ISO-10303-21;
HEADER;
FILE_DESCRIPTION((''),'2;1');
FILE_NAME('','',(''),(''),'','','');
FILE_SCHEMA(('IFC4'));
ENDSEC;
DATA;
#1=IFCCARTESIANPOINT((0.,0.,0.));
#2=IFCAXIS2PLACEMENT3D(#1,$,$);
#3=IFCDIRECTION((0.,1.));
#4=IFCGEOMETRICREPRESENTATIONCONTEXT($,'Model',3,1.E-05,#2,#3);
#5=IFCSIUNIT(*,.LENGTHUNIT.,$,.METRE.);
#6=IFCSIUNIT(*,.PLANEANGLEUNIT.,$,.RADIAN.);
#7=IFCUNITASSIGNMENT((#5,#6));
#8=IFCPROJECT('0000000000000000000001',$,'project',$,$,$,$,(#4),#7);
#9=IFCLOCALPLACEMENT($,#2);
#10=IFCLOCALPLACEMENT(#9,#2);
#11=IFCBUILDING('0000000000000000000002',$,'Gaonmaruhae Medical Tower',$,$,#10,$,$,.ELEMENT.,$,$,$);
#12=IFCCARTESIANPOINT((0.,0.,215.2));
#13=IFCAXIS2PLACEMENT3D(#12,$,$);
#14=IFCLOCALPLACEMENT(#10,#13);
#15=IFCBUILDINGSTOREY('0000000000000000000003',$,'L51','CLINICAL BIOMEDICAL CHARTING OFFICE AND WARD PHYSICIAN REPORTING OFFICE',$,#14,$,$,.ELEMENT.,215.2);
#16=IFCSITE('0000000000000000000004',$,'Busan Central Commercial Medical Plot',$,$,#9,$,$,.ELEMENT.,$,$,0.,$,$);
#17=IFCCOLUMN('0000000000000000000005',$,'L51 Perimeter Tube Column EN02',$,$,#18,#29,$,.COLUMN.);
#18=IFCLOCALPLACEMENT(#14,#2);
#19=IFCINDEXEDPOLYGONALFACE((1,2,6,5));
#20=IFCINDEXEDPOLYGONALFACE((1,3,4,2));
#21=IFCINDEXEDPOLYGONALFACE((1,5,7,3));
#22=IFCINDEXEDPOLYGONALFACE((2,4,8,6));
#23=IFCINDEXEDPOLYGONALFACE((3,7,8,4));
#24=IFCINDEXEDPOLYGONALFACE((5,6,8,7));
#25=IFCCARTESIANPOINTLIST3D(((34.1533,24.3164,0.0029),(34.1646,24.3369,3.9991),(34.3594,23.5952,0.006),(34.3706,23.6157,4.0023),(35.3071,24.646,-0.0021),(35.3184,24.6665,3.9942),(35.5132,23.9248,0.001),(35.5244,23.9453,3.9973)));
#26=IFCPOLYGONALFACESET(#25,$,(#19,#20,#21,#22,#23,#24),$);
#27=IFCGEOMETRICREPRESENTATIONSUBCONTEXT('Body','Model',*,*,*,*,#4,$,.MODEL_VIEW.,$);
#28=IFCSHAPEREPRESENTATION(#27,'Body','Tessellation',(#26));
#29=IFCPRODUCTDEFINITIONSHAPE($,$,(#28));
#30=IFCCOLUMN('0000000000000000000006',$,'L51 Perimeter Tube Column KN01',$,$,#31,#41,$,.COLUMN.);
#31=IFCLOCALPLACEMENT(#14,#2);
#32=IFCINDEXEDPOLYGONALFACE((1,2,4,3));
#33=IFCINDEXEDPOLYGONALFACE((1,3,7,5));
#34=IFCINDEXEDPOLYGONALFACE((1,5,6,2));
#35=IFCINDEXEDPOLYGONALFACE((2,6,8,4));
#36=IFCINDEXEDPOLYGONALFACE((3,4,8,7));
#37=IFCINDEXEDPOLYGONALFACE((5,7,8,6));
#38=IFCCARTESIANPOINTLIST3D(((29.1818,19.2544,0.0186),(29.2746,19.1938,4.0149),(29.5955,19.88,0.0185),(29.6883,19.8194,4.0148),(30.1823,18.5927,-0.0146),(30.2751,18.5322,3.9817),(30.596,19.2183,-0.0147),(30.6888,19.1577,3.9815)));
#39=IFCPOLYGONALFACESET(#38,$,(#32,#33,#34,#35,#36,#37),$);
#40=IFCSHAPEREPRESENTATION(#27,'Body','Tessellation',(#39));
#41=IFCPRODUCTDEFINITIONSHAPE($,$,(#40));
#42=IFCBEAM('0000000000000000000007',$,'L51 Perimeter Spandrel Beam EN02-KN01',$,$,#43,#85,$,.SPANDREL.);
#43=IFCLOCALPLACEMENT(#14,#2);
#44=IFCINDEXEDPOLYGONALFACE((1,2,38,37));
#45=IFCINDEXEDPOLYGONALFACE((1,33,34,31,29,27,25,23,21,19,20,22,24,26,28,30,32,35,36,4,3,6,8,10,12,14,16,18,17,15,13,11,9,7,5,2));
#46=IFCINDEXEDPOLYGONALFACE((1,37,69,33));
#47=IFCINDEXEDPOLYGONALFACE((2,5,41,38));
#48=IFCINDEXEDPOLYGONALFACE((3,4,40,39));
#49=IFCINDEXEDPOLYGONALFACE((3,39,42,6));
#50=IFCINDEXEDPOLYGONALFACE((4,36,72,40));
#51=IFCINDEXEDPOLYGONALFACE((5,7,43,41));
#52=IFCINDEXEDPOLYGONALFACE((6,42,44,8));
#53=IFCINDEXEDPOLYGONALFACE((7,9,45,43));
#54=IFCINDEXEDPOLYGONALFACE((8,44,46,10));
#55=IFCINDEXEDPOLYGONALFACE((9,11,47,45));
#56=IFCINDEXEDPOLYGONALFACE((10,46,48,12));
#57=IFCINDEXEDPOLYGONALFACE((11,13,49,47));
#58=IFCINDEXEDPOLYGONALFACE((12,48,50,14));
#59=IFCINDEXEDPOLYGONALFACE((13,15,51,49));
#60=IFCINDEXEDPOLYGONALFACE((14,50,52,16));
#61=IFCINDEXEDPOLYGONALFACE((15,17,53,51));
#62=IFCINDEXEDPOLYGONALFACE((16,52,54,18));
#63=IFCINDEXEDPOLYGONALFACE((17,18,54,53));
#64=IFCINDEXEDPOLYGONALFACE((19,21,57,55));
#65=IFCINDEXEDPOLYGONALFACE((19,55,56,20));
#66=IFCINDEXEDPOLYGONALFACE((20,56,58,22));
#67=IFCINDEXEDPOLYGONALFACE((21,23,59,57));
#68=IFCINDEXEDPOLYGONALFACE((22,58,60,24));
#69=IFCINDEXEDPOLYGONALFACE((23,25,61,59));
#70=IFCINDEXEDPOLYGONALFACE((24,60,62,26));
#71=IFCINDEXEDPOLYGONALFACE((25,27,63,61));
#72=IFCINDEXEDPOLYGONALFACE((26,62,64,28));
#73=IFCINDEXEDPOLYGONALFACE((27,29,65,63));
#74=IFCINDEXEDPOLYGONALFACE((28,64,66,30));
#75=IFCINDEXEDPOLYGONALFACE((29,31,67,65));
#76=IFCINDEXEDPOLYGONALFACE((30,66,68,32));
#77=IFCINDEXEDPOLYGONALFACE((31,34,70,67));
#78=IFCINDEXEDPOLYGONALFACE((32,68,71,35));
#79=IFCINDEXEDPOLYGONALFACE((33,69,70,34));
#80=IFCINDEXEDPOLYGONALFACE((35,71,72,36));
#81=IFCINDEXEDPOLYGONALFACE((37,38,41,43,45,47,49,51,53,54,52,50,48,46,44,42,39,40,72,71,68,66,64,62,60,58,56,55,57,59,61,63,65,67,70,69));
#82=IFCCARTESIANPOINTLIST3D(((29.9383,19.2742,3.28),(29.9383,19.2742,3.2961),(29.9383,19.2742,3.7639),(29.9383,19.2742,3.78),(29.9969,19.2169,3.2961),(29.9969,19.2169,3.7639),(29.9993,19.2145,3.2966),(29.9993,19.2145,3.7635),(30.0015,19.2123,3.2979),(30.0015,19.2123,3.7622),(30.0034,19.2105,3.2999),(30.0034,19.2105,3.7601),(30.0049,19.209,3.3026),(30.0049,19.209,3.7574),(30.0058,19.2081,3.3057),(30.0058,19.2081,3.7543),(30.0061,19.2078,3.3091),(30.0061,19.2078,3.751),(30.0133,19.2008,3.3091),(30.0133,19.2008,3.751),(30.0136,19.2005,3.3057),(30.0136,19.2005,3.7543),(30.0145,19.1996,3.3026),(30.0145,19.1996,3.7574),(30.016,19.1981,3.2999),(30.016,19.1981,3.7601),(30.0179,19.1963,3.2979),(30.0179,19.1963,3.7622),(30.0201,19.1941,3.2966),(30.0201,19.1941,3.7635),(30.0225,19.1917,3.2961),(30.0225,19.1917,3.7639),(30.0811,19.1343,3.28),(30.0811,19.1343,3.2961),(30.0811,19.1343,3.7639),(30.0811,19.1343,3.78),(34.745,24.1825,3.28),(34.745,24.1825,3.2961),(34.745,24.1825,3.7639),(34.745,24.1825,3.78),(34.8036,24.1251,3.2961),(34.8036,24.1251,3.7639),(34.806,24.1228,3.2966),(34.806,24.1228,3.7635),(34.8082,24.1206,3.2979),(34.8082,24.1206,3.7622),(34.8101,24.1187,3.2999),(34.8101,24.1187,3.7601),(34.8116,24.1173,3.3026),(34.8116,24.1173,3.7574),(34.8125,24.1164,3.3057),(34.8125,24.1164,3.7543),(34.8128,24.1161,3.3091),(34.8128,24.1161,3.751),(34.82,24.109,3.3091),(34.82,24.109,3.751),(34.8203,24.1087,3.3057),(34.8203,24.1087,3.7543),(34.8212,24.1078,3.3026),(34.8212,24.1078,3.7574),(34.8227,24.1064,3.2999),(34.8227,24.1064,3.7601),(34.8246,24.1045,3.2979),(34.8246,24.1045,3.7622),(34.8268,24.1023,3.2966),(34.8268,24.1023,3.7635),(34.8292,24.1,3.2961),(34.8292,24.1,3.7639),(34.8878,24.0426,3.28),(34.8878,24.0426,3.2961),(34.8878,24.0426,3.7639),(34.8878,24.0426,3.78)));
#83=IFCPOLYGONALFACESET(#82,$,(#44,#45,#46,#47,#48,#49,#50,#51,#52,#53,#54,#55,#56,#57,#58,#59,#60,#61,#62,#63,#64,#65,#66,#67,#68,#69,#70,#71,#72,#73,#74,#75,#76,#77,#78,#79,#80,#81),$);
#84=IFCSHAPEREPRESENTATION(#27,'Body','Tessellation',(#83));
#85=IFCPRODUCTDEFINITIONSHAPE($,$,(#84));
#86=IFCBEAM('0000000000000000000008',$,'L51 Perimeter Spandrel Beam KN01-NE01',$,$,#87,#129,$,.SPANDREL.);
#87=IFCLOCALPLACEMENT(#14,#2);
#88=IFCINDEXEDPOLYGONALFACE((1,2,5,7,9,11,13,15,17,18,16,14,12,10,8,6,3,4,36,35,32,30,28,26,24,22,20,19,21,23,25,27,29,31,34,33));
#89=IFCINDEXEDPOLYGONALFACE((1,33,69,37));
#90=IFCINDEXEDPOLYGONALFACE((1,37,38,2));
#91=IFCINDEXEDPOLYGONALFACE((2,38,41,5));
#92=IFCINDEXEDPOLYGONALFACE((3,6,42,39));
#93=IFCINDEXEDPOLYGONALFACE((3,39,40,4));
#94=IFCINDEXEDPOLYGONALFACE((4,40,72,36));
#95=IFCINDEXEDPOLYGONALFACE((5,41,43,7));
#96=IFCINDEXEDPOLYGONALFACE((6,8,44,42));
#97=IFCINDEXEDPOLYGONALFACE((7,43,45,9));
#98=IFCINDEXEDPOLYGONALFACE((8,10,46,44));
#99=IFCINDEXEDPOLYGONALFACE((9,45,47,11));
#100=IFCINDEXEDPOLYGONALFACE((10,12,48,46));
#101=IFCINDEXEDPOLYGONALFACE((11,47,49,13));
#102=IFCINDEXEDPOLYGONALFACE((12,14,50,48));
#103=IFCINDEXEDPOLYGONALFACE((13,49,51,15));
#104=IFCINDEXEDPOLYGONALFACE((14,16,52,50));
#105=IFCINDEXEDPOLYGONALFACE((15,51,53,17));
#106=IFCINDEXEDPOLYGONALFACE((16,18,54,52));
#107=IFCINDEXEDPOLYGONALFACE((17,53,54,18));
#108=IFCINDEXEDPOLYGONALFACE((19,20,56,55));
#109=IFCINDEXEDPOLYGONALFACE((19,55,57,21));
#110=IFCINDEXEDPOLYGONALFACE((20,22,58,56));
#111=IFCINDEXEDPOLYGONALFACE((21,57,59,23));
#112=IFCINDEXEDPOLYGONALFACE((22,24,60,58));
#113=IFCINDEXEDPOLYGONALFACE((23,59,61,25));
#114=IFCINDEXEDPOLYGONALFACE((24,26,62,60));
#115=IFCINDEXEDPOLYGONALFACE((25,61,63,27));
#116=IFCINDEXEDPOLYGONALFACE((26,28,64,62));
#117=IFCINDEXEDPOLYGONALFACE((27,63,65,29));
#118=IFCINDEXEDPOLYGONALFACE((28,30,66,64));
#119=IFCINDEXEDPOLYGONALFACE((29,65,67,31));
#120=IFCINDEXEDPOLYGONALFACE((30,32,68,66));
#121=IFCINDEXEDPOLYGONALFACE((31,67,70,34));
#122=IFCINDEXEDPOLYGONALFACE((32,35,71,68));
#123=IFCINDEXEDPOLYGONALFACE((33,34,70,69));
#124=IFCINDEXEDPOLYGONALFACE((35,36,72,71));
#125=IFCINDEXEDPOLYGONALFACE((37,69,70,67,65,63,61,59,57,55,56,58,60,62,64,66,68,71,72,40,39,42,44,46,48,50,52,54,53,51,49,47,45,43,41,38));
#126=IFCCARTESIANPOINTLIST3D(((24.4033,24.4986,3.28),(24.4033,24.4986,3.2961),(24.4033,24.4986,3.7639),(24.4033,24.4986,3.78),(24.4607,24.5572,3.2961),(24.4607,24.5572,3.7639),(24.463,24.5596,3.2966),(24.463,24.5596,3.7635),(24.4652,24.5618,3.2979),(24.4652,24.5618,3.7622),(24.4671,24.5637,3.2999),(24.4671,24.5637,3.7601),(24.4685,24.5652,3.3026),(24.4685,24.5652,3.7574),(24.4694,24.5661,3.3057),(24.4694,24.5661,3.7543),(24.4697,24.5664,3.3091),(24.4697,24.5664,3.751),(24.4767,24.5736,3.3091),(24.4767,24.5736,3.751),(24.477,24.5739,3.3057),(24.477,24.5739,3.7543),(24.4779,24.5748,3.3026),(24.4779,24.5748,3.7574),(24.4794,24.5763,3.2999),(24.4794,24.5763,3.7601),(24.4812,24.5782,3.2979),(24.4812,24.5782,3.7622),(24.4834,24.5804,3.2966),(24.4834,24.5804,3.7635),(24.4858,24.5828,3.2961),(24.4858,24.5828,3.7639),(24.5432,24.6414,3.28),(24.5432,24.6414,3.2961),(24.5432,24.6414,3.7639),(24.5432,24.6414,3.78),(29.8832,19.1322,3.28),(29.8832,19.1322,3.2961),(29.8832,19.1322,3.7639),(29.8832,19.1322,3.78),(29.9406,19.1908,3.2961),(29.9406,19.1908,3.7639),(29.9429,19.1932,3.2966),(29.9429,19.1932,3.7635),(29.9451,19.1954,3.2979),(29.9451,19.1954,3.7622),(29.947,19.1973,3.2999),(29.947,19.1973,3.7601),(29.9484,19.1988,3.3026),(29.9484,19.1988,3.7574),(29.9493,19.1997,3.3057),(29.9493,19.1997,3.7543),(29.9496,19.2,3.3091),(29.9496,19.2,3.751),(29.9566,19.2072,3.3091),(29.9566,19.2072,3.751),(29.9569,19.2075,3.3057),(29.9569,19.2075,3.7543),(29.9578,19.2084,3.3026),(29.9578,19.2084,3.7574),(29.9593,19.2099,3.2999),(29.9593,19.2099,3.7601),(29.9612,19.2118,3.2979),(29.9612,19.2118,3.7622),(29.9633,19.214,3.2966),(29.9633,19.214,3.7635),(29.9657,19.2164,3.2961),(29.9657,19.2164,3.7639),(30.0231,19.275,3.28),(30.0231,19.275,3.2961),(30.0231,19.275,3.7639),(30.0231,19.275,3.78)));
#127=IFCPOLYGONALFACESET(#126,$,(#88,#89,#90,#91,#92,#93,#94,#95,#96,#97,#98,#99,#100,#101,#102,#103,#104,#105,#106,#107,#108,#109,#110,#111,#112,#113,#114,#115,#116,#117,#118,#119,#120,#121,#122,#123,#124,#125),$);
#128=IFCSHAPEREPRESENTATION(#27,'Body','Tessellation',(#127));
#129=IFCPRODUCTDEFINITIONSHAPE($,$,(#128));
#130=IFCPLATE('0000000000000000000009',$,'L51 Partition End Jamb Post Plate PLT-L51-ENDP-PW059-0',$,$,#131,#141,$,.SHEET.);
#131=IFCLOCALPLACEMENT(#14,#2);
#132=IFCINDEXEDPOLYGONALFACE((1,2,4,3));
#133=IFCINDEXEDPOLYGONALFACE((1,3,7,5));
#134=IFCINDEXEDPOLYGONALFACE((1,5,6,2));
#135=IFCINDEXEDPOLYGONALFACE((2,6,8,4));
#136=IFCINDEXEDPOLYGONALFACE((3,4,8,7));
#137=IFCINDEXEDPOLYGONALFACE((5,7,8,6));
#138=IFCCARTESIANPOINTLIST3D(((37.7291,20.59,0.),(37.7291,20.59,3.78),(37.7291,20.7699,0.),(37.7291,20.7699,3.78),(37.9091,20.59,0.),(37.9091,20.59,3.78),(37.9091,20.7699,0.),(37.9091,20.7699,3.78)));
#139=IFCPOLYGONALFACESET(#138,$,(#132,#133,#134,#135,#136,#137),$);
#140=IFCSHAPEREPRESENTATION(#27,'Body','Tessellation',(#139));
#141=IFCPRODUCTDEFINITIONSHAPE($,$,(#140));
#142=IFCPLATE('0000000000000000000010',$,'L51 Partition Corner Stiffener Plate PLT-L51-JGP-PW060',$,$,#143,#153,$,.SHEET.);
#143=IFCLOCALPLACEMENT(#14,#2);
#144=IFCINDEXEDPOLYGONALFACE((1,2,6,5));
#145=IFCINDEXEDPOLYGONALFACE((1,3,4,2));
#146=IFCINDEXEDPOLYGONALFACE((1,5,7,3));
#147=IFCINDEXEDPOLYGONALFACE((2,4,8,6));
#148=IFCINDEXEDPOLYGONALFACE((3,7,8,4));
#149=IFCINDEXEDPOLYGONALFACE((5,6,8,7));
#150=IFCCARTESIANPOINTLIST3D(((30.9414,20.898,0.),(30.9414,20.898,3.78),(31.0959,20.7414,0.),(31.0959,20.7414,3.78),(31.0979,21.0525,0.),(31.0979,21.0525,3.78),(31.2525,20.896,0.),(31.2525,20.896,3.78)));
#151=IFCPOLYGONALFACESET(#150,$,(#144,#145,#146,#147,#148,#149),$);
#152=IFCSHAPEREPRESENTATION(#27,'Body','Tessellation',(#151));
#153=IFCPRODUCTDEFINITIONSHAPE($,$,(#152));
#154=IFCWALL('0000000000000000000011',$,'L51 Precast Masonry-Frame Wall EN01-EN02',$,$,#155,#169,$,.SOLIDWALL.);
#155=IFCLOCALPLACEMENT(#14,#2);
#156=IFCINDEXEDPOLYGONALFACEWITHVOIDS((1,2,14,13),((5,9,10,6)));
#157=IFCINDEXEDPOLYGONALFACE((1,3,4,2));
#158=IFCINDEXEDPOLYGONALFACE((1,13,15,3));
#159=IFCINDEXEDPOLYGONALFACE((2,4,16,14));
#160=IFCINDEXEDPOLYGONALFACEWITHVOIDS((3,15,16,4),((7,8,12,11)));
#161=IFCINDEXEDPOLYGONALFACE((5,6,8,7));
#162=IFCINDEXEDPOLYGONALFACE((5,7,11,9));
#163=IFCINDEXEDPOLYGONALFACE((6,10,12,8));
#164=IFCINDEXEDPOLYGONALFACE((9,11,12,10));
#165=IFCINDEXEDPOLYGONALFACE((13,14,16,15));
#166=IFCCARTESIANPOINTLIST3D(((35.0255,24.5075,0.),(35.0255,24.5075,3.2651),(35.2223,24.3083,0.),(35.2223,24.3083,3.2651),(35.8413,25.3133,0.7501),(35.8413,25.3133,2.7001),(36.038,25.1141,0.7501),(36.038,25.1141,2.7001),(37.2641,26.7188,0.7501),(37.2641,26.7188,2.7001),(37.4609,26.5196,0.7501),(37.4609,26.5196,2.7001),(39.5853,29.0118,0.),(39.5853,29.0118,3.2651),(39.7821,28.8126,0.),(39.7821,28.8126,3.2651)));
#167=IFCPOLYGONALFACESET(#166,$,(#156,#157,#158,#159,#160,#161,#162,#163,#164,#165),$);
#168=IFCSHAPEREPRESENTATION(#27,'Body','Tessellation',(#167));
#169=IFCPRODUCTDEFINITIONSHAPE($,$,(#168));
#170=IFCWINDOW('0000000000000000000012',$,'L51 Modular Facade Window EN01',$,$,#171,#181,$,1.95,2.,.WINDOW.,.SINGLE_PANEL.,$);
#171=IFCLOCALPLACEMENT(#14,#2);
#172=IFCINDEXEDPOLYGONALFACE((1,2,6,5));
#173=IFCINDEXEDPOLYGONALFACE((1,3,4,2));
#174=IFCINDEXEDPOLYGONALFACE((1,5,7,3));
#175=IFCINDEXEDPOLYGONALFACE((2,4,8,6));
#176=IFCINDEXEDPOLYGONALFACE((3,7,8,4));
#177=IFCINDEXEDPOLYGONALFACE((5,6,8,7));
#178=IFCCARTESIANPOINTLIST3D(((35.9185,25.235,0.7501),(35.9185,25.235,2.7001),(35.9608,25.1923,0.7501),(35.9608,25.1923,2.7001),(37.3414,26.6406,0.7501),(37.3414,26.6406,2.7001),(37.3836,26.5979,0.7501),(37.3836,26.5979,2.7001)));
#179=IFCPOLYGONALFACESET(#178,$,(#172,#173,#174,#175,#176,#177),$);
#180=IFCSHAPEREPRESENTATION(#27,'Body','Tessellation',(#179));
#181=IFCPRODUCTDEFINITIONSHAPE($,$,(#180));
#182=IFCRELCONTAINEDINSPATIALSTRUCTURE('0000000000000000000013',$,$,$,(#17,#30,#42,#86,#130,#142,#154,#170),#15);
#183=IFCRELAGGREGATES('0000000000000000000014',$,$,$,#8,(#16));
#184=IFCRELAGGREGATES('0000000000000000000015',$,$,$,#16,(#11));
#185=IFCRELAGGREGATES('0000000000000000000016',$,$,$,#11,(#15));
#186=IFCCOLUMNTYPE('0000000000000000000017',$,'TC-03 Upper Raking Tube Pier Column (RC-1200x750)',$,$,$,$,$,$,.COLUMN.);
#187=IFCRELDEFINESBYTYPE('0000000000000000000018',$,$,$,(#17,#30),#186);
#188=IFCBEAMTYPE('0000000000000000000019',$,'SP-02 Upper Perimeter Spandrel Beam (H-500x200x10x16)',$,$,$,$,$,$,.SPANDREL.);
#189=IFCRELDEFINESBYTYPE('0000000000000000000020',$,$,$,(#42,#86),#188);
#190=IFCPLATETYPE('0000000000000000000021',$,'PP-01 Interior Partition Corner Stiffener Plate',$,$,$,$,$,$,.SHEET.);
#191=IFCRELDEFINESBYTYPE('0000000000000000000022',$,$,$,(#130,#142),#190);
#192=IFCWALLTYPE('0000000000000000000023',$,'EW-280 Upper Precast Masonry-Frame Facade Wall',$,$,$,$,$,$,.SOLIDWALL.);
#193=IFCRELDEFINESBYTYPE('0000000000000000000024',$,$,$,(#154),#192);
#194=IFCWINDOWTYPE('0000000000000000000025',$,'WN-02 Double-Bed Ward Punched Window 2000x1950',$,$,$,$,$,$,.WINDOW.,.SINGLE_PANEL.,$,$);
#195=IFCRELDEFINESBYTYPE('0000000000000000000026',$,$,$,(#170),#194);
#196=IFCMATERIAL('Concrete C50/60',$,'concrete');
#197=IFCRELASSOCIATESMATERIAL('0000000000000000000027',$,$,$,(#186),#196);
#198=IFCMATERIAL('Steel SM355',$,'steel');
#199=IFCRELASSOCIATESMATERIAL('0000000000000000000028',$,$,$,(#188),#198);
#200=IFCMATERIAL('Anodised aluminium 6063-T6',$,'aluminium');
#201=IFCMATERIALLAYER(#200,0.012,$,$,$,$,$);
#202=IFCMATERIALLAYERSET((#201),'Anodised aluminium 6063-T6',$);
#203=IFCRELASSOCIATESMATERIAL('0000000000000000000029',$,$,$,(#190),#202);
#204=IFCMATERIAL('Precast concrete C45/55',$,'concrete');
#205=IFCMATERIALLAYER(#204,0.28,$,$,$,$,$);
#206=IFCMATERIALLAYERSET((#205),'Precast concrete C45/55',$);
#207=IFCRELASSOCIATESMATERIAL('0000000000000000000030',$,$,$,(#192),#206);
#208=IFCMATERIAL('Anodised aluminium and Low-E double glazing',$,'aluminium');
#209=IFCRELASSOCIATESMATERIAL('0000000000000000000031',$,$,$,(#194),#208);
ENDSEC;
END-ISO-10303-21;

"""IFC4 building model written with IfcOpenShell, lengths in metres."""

from ifc_helpers import new_model, si_unit, direction, frame, frame_2d, origin, origin_2d, place, context, subcontext, project, spatial, rectangle, i_section, extrude, material, layer, layer_set, material_profile, profile_set, type_object, element, fill, save


model = new_model("IFC4")

# Units and contexts
model_context = context("Model", 3, precision=1e-05, world=origin(), true_north=direction((0.0, 1.0)))
body_context = subcontext(model_context, "Body", "Model", "MODEL_VIEW")
ifc_project = project(units=[si_unit("LENGTHUNIT", "METRE"), si_unit("PLANEANGLEUNIT", "RADIAN")], contexts=[model_context])

# Site, building, storey
site_placement = place(None, origin())
site = spatial("IfcSite", under=ifc_project, at=site_placement, Name="Busan Central Commercial Medical Plot", CompositionType="ELEMENT", RefElevation=0.0)
building_placement = place(site_placement, origin())
building = spatial("IfcBuilding", under=site, at=building_placement, Name="Gaonmaruhae Medical Tower", CompositionType="ELEMENT")
storey_placement = place(building_placement, frame((0.0, 0.0, 215.2)))
storey = spatial("IfcBuildingStorey", under=building, at=storey_placement, Name="L51", Description="CLINICAL BIOMEDICAL CHARTING OFFICE AND WARD PHYSICIAN REPORTING OFFICE", CompositionType="ELEMENT", Elevation=215.2)

# Columns
ifc_material_1 = material(Name="Concrete C50/60", Category="concrete")
ifc_material_profile_1 = material_profile(ifc_material_1, rectangle(XDim=1.2, YDim=0.75, at=origin_2d()), Name="RC-1200x750")
ifc_profile_set_1 = profile_set([ifc_material_profile_1], Name="Concrete C50/60")
column_type = type_object("IfcColumnType", Name="TC-03 Upper Raking Tube Pier Column (RC-1200x750)", PredefinedType="COLUMN", material=ifc_profile_set_1)
column_1_placement = place(storey_placement, frame((34.8333, 24.1206, 0.002), z_axis=(0.00281, 0.005132, 0.999983), x_axis=(-0.961525, -0.274688, 0.004112)))
element("IfcColumn", 1, at=column_1_placement, inside=storey, type_object=column_type, Name="L51 Perimeter Tube Column EN02", PredefinedType="COLUMN", context=body_context, shape_type="SweptSolid", body=[
    extrude(rectangle(XDim=1.2, YDim=0.75, at=origin_2d()), origin(), (0.0, 0.0, 1.0), 3.9963),
])
column_2_placement = place(storey_placement, frame((29.8889, 19.2363, 0.002), z_axis=(0.023206, -0.015145, 0.999616), x_axis=(-0.833759, 0.551432, 0.02771)))
element("IfcColumn", 2, at=column_2_placement, inside=storey, type_object=column_type, Name="L51 Perimeter Tube Column KN01", PredefinedType="COLUMN", context=body_context, shape_type="SweptSolid", body=[
    extrude(rectangle(XDim=1.2, YDim=0.75, at=origin_2d()), origin(), (0.0, 0.0, 1.0), 3.9978),
])

# Beams
ifc_material_2 = material(Name="Steel SM355", Category="steel")
ifc_material_profile_2 = material_profile(ifc_material_2, i_section(OverallWidth=0.2, OverallDepth=0.5, WebThickness=0.01, FlangeThickness=0.0161, FilletRadius=0.0129, at=origin_2d()), Name="H-500x200x10x16")
ifc_profile_set_2 = profile_set([ifc_material_profile_2], Name="Steel SM355")
beam_type = type_object("IfcBeamType", Name="SP-02 Upper Perimeter Spandrel Beam (H-500x200x10x16)", PredefinedType="SPANDREL", material=ifc_profile_set_2)
beam_1_placement = place(storey_placement, frame((34.8164, 24.1125, 3.53), z_axis=(-0.699676, -0.71446, 0.0), x_axis=(0.71446, -0.699676, 0.0)))
element("IfcBeam", 3, at=beam_1_placement, inside=storey, type_object=beam_type, Name="L51 Perimeter Spandrel Beam EN02-KN01", PredefinedType="SPANDREL", context=body_context, shape_type="SweptSolid", body=[
    extrude(i_section(OverallWidth=0.2, OverallDepth=0.5, WebThickness=0.01, FlangeThickness=0.0161, FilletRadius=0.0129, at=origin_2d()), origin(), (0.0, 0.0, 1.0), 6.8699),
])
beam_2_placement = place(storey_placement, frame((29.9531, 19.2036, 3.53), z_axis=(-0.714469, 0.699667, 0.0), x_axis=(-0.699667, -0.714469, 0.0)))
element("IfcBeam", 4, at=beam_2_placement, inside=storey, type_object=beam_type, Name="L51 Perimeter Spandrel Beam KN01-NE01", PredefinedType="SPANDREL", context=body_context, shape_type="SweptSolid", body=[
    extrude(i_section(OverallWidth=0.2, OverallDepth=0.5, WebThickness=0.01, FlangeThickness=0.0161, FilletRadius=0.0129, at=origin_2d()), origin(), (0.0, 0.0, 1.0), 7.6699),
])

# Plates
ifc_material_3 = material(Name="Anodised aluminium 6063-T6", Category="aluminium")
ifc_layer_1 = layer(ifc_material_3, 0.012)
ifc_layer_set_1 = layer_set([ifc_layer_1], Name="Anodised aluminium 6063-T6")
plate_type = type_object("IfcPlateType", Name="PP-01 Interior Partition Corner Stiffener Plate", PredefinedType="SHEET", material=ifc_layer_set_1)
plate_1_placement = place(storey_placement, frame((37.8191, 20.6799, 0.0), z_axis=(0.0, 0.0, 1.0), x_axis=(-1.0, 0.0, 0.0)))
element("IfcPlate", 5, at=plate_1_placement, inside=storey, type_object=plate_type, Name="L51 Partition End Jamb Post Plate PLT-L51-ENDP-PW059-0", PredefinedType="SHEET", context=body_context, shape_type="SweptSolid", body=[
    extrude(rectangle(XDim=0.1799, YDim=0.1799, at=origin_2d()), origin(), (0.0, 0.0, 1.0), 3.78),
])
plate_2_placement = place(storey_placement, frame((31.0969, 20.897, 0.0), z_axis=(0.0, 0.0, 1.0), x_axis=(-0.702501, 0.711683, 0.0)))
element("IfcPlate", 6, at=plate_2_placement, inside=storey, type_object=plate_type, Name="L51 Partition Corner Stiffener Plate PLT-L51-JGP-PW060", PredefinedType="SHEET", context=body_context, shape_type="SweptSolid", body=[
    extrude(rectangle(XDim=0.22, YDim=0.22, at=origin_2d()), origin(), (0.0, 0.0, 1.0), 3.78),
])

# Wall, opening, window
ifc_material_4 = material(Name="Precast concrete C45/55", Category="concrete")
ifc_layer_2 = layer(ifc_material_4, 0.28)
ifc_layer_set_2 = layer_set([ifc_layer_2], Name="Precast concrete C45/55")
wall_type_1 = type_object("IfcWallType", Name="EW-280 Upper Precast Masonry-Frame Facade Wall", PredefinedType="SOLIDWALL", material=ifc_layer_set_2)
wall_1_placement = place(storey_placement, frame((35.124, 24.408, 0.0), z_axis=(0.0, 0.0, 1.0), x_axis=(0.711417, 0.70277, 0.0)))
wall_1 = element("IfcWall", 7, at=wall_1_placement, inside=storey, type_object=wall_type_1, Name="L51 Precast Masonry-Frame Wall EN01-EN02", PredefinedType="SOLIDWALL", context=body_context, shape_type="SweptSolid", body=[
    extrude(rectangle(XDim=6.4094, YDim=0.28, at=frame_2d((3.2046, 0.0))), origin(), (0.0, 0.0, 1.0), 3.2651),
])
opening_1_placement = place(wall_1_placement, frame((1.1465, 0.0, 0.75)))
opening_1 = element("IfcOpeningElement", 8, at=opening_1_placement, cuts=wall_1, PredefinedType="OPENING", context=body_context, shape_type="SweptSolid", body=[
    extrude(rectangle(XDim=2.0, YDim=1.95, at=frame_2d((1.0, 0.9751))), frame((0.0, 0.1499, 0.0), z_axis=(0.0, -1.0, 0.0), x_axis=(1.0, 0.0, 0.0)), (0.0, 0.0, 1.0), 0.3),
])
ifc_material_5 = material(Name="Anodised aluminium and Low-E double glazing", Category="aluminium")
window_type_1 = type_object("IfcWindowType", Name="WN-02 Double-Bed Ward Punched Window 2000x1950", PartitioningType="SINGLE_PANEL", PredefinedType="WINDOW", material=ifc_material_5)
window_1_placement = place(opening_1_placement, origin())
window_1 = element("IfcWindow", 9, at=window_1_placement, inside=storey, type_object=window_type_1, Name="L51 Modular Facade Window EN01", OverallHeight=1.95, OverallWidth=2.0, PartitioningType="SINGLE_PANEL", PredefinedType="WINDOW", context=body_context, shape_type="SweptSolid", body=[
    extrude(rectangle(XDim=2.0, YDim=1.95, at=frame_2d((1.0, 0.9751))), frame((0.0, 0.03, 0.0), z_axis=(0.0, -1.0, 0.0), x_axis=(1.0, 0.0, 0.0)), (0.0, 0.0, 1.0), 0.0601),
])
fill(opening_1, window_1)

save(model, "model.ifc")
